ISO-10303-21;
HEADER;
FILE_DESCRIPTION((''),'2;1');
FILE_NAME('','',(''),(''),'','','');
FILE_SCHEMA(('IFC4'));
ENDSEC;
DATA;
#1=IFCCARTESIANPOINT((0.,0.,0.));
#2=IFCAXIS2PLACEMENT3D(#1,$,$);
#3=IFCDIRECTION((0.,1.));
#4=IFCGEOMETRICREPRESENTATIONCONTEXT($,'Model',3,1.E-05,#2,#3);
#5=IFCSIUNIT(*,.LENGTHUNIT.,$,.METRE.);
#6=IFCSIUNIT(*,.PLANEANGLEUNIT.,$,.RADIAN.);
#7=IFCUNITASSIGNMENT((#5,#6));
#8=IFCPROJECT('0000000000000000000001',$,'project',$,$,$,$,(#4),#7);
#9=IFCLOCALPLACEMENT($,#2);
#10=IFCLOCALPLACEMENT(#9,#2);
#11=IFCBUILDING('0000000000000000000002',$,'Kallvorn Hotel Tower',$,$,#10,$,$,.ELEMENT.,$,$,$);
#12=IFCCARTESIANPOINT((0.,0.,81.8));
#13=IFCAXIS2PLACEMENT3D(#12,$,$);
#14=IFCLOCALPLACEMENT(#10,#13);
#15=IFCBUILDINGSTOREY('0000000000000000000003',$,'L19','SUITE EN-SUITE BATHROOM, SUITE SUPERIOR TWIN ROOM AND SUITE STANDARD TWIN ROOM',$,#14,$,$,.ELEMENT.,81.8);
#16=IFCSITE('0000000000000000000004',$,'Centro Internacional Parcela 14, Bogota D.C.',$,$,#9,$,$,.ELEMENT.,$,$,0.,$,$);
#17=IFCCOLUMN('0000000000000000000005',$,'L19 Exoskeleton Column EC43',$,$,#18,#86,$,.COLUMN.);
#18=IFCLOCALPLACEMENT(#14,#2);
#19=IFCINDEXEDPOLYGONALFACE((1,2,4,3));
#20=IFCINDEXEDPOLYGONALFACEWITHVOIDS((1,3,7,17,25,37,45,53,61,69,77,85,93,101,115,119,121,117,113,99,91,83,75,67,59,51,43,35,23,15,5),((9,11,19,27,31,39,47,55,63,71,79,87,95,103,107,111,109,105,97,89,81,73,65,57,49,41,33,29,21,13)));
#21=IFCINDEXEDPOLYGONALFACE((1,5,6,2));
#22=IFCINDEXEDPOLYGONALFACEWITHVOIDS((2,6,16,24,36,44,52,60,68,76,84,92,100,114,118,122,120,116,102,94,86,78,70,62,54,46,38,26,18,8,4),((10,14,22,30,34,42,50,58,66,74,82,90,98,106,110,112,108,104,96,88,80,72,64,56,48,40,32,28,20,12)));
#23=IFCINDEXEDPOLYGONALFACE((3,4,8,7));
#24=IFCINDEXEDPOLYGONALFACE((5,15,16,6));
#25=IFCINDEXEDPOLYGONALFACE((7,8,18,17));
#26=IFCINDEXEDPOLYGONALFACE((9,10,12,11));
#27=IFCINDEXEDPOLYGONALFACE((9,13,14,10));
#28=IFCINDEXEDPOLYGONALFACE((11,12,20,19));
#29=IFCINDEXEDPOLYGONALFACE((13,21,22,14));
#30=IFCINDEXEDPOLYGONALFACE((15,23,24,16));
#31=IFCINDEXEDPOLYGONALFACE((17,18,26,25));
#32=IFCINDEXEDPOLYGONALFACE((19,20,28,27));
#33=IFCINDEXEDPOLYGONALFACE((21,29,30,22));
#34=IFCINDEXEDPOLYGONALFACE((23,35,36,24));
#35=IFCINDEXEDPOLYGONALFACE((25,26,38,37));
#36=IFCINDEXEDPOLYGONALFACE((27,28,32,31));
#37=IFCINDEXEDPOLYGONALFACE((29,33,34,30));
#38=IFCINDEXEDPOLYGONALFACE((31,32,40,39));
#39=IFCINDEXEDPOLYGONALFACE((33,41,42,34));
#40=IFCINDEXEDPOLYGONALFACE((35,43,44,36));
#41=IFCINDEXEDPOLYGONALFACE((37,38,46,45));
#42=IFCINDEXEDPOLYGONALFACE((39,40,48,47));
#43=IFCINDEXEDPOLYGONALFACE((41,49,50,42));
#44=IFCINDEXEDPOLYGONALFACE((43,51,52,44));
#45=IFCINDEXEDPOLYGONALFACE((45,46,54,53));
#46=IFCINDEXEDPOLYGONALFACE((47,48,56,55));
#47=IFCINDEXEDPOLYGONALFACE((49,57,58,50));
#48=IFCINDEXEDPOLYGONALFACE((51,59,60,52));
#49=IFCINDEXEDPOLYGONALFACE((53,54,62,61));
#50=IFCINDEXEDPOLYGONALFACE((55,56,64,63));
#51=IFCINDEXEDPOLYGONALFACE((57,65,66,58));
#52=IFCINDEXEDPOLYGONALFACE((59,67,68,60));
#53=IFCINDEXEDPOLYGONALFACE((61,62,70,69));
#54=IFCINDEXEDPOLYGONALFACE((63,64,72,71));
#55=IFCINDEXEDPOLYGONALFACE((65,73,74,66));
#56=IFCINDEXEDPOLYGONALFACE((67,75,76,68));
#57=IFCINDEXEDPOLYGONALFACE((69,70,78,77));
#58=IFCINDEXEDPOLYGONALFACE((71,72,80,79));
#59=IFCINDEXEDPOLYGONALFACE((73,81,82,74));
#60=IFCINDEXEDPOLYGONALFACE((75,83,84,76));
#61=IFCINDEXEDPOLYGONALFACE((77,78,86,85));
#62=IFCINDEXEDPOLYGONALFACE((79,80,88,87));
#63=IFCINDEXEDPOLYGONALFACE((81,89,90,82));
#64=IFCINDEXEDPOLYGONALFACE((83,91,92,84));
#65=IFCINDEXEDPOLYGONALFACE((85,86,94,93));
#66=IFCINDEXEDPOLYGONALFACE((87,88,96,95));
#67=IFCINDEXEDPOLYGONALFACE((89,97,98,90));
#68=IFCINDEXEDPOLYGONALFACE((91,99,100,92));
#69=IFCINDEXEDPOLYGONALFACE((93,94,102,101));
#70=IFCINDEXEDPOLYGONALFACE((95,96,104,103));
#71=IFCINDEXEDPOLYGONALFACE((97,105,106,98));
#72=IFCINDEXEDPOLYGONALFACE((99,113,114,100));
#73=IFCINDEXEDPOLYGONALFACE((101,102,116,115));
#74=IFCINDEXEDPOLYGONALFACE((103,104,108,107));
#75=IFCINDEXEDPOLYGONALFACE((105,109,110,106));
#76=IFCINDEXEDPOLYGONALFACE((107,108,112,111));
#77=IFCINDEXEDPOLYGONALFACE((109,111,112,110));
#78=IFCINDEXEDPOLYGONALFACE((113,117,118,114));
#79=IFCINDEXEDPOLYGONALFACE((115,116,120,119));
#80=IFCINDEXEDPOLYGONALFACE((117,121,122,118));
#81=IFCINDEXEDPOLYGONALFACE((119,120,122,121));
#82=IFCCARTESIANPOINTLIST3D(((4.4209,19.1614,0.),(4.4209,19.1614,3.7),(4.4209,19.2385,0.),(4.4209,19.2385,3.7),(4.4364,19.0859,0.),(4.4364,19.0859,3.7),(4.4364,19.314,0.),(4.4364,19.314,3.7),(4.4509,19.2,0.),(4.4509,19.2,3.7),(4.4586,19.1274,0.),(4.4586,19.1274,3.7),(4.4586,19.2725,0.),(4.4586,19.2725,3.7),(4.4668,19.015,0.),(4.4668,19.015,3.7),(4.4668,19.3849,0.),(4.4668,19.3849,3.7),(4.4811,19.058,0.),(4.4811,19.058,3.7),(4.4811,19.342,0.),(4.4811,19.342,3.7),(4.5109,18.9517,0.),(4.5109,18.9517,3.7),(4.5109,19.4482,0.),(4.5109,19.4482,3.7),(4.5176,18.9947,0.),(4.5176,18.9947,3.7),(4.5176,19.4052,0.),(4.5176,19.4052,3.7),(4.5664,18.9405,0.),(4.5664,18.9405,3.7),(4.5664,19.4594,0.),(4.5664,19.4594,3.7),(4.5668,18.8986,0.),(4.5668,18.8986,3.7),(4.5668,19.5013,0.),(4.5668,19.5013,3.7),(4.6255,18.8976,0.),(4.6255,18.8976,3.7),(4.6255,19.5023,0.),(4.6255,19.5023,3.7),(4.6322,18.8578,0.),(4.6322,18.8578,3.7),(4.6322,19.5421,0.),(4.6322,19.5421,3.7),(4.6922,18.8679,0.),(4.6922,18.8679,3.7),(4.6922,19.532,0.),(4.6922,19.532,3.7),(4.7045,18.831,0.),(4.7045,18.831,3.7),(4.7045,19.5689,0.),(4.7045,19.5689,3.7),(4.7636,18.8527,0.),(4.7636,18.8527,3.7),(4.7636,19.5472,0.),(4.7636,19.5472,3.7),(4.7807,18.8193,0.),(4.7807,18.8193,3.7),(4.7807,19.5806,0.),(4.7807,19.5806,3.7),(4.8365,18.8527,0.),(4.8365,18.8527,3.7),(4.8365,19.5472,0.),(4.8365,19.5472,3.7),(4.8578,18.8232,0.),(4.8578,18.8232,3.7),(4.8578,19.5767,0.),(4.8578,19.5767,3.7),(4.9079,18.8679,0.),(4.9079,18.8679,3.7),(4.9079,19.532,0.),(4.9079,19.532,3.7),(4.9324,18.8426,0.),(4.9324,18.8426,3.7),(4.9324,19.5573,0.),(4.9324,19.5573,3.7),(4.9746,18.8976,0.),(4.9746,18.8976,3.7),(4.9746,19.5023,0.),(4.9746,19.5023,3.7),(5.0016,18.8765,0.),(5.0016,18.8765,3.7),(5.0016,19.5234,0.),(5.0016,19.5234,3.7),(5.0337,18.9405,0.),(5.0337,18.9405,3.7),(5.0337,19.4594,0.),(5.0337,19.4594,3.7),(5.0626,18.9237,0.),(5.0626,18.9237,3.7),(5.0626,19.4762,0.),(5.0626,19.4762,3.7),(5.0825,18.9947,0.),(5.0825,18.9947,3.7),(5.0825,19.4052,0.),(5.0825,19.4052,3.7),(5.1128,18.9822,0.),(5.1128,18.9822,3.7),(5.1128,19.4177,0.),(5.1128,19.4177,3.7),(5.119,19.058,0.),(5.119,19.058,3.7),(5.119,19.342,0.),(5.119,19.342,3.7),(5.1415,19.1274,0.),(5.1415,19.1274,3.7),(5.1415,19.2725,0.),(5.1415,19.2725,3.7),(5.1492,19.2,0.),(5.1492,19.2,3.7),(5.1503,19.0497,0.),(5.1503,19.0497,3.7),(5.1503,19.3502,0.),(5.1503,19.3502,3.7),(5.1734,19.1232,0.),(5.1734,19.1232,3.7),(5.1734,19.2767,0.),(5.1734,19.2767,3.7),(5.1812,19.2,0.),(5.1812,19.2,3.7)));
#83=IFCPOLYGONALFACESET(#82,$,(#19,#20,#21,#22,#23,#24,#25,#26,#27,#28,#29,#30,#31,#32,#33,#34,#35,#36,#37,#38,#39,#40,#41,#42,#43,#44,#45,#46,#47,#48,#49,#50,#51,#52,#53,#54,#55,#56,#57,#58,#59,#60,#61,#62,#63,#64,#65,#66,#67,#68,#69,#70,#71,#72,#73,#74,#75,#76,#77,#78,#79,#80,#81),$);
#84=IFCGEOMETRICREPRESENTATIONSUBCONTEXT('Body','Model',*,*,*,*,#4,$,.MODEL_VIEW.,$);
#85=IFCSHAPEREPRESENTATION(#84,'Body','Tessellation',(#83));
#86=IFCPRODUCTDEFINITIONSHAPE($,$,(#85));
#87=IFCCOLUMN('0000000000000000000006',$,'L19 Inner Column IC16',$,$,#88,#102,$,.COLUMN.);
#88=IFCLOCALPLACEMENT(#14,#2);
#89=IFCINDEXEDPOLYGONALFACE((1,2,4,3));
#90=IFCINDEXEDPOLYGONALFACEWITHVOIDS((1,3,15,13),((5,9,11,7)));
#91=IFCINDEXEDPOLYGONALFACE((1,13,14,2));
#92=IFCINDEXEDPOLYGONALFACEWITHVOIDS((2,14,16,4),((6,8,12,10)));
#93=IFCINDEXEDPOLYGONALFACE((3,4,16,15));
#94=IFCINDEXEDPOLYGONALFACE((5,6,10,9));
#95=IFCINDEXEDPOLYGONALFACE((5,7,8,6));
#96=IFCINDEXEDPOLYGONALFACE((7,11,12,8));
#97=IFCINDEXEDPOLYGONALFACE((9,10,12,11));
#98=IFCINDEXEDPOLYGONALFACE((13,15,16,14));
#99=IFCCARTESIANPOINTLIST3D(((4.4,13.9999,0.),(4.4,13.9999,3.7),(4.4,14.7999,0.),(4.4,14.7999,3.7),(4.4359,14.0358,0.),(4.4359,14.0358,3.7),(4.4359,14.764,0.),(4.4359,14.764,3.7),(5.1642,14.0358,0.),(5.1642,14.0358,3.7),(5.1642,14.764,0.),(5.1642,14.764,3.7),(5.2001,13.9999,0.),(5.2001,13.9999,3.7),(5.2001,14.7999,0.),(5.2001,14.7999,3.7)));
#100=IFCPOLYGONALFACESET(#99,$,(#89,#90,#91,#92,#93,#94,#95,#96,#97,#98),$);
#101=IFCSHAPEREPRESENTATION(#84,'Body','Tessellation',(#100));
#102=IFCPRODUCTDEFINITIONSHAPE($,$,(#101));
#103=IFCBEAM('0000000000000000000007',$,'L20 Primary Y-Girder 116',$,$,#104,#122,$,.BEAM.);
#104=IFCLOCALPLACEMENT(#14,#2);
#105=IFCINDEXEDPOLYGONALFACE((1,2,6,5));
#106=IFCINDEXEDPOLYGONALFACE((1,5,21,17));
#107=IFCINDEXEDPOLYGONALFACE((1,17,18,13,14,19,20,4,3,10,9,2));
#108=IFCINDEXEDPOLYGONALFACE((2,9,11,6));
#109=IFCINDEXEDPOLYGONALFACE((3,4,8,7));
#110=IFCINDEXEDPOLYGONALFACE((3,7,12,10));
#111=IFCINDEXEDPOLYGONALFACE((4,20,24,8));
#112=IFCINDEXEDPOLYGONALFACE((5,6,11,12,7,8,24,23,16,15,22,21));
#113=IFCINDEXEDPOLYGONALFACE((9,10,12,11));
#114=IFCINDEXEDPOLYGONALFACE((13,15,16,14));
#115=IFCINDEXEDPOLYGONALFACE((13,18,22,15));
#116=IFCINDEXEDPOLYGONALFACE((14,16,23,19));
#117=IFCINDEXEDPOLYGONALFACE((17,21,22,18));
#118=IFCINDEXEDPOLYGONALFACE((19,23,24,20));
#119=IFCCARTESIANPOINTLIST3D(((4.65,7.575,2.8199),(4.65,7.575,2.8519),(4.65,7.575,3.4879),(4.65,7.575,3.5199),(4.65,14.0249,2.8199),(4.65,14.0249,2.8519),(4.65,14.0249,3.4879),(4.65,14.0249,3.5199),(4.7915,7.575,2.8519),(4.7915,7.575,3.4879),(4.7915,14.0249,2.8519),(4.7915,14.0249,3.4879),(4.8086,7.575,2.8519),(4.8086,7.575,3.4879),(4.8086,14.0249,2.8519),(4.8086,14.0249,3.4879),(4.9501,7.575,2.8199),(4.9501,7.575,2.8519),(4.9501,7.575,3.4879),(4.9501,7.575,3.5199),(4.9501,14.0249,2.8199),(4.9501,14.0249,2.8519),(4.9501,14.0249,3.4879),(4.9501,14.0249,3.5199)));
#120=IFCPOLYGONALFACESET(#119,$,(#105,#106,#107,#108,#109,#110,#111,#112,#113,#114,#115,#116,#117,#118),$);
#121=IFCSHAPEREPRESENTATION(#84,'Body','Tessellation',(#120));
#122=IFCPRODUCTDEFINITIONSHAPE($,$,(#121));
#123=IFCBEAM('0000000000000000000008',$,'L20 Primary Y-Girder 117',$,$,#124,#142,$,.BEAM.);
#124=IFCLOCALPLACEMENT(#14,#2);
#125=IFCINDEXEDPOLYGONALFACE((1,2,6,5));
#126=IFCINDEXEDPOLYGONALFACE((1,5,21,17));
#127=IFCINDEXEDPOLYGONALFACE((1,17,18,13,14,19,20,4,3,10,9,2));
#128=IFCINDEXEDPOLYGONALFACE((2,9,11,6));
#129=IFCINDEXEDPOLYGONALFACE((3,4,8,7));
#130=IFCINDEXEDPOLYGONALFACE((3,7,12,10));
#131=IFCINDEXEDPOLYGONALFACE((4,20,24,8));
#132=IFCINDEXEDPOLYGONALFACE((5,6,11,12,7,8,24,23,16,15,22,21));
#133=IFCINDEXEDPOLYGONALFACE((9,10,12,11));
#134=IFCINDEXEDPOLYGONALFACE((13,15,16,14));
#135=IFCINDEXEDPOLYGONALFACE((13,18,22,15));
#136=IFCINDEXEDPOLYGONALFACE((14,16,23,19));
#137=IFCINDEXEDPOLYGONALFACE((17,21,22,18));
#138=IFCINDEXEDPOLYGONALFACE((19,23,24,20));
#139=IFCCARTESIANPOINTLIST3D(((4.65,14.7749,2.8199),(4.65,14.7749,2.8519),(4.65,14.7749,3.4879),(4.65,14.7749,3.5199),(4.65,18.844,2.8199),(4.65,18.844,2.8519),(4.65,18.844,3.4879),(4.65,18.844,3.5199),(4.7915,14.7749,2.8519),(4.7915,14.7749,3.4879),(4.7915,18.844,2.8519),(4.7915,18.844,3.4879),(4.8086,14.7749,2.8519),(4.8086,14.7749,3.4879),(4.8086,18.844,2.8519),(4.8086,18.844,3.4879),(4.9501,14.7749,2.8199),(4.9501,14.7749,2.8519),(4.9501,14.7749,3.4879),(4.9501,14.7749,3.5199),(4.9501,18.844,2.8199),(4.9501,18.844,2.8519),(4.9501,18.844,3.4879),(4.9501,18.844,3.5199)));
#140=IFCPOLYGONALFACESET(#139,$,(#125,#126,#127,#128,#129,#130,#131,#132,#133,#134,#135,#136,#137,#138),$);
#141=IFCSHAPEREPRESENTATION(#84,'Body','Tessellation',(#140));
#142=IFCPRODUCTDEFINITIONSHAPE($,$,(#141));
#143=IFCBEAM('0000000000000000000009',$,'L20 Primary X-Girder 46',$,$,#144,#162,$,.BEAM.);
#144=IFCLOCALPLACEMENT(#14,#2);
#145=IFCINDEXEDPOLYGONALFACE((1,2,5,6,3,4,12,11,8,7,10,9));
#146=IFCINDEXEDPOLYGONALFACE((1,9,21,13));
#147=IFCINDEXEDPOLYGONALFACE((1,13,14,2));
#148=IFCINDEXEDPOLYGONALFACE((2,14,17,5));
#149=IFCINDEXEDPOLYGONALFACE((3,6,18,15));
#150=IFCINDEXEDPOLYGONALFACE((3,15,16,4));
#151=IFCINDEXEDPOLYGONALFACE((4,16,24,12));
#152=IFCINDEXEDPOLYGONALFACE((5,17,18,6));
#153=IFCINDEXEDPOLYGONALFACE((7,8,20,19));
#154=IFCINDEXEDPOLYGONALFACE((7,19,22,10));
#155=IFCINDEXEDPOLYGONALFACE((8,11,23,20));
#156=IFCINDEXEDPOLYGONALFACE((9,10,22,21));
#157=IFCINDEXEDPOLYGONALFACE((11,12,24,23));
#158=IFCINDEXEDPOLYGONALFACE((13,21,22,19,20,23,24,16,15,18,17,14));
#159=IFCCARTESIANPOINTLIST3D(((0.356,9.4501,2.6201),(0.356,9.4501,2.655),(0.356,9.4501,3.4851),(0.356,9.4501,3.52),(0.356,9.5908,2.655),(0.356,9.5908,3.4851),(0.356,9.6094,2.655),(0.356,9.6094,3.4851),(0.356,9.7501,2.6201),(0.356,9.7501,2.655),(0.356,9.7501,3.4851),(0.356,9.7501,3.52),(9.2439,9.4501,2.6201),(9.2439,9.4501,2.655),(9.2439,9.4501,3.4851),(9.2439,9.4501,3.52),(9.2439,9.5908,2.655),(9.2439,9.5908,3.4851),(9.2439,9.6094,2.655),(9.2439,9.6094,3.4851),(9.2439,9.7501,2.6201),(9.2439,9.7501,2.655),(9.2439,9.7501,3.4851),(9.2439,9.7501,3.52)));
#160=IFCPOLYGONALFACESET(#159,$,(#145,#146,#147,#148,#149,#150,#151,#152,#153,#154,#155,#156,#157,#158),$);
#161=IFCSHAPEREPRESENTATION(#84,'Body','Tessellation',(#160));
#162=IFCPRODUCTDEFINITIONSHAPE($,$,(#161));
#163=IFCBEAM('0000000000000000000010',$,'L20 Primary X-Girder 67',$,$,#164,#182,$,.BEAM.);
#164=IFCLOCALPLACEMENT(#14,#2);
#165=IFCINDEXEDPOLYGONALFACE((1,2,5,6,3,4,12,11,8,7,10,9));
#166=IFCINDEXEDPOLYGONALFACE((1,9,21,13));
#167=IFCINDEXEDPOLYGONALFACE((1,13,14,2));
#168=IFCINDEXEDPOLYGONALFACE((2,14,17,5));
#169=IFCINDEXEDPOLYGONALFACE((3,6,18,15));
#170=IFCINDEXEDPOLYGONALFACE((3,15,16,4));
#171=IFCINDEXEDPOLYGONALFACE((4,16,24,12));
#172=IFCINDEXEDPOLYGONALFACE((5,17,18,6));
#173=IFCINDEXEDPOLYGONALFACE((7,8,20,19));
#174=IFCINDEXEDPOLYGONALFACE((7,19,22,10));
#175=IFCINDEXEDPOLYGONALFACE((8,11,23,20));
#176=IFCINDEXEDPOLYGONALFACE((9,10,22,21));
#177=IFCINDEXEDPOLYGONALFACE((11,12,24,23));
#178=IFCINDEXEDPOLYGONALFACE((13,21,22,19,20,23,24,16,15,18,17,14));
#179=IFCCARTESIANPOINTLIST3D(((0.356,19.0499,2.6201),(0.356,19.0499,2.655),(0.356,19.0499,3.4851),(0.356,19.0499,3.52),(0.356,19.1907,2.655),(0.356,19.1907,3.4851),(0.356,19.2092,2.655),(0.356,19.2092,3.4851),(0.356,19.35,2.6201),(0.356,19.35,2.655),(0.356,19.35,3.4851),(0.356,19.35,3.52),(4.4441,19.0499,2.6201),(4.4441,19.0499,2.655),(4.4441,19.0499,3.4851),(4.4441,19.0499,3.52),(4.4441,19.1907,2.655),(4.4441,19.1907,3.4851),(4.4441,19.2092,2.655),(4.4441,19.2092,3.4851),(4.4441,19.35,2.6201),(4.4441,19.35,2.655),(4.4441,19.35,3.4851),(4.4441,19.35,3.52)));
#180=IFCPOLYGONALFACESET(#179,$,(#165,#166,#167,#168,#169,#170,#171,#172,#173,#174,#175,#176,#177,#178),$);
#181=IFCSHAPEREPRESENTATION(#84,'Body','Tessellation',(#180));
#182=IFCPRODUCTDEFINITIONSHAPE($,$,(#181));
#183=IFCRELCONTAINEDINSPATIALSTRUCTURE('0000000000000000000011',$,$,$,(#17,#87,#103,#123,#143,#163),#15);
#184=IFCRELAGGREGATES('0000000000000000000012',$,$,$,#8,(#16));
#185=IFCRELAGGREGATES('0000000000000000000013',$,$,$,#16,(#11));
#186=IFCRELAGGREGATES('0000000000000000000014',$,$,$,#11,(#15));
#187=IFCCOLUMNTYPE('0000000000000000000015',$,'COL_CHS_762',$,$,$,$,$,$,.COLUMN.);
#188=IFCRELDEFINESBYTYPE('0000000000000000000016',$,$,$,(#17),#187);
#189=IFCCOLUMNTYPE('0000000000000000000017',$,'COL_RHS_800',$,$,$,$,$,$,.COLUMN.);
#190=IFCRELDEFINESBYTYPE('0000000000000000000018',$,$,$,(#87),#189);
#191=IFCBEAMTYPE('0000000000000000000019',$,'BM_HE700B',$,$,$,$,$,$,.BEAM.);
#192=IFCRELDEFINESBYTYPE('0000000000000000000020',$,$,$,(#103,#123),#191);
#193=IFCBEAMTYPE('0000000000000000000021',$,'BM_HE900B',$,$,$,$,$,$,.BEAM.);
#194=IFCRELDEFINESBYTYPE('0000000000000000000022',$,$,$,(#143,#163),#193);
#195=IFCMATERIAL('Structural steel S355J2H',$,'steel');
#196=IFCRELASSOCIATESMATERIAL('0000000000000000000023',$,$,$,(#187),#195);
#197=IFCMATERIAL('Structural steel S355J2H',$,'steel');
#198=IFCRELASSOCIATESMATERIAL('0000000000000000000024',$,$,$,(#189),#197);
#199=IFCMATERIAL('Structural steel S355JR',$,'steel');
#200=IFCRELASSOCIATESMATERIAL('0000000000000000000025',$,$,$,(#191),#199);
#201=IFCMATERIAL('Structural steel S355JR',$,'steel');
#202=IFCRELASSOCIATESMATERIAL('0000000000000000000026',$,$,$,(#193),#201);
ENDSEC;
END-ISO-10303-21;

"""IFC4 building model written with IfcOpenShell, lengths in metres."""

from ifc_helpers import new_model, si_unit, direction, frame, origin, origin_2d, place, context, subcontext, project, spatial, hollow_rectangle, hollow_circle, i_section, extrude, material, material_profile, profile_set, type_object, element, save


model = new_model("IFC4")

# Units and contexts
model_context = context("Model", 3, precision=1e-05, world=origin(), true_north=direction((0.0, 1.0)))
body_context = subcontext(model_context, "Body", "Model", "MODEL_VIEW")
ifc_project = project(units=[si_unit("LENGTHUNIT", "METRE"), si_unit("PLANEANGLEUNIT", "RADIAN")], contexts=[model_context])

# Site, building, storey
site_placement = place(None, origin())
site = spatial("IfcSite", under=ifc_project, at=site_placement, Name="Centro Internacional Parcela 14, Bogota D.C.", CompositionType="ELEMENT", RefElevation=0.0)
building_placement = place(site_placement, origin())
building = spatial("IfcBuilding", under=site, at=building_placement, Name="Kallvorn Hotel Tower", CompositionType="ELEMENT")
storey_placement = place(building_placement, frame((0.0, 0.0, 81.8)))
storey = spatial("IfcBuildingStorey", under=building, at=storey_placement, Name="L19", Description="SUITE EN-SUITE BATHROOM, SUITE SUPERIOR TWIN ROOM AND SUITE STANDARD TWIN ROOM", CompositionType="ELEMENT", Elevation=81.8)

# Columns
ifc_material_1 = material(Name="Structural steel S355J2H", Category="steel")
ifc_material_profile_1 = material_profile(ifc_material_1, hollow_circle(Radius=0.3811, WallThickness=0.032, at=origin_2d()), Name="CHS 762x32")
ifc_profile_set_1 = profile_set([ifc_material_profile_1], Name="Structural steel S355J2H")
column_type_1 = type_object("IfcColumnType", Name="COL_CHS_762", PredefinedType="COLUMN", material=ifc_profile_set_1)
column_1_placement = place(storey_placement, frame((4.8, 19.2, 0.0), z_axis=(0.0, 0.0, 1.0), x_axis=(1.0, 0.0, 0.0)))
element("IfcColumn", 1, at=column_1_placement, inside=storey, type_object=column_type_1, Name="L19 Exoskeleton Column EC43", PredefinedType="COLUMN", context=body_context, shape_type="SweptSolid", body=[
    extrude(hollow_circle(Radius=0.3811, WallThickness=0.032, at=origin_2d()), origin(), (0.0, 0.0, 1.0), 3.7),
])
ifc_material_2 = material(Name="Structural steel S355J2H", Category="steel")
ifc_material_profile_2 = material_profile(ifc_material_2, hollow_rectangle(XDim=0.8, YDim=0.8, WallThickness=0.0359, at=origin_2d()), Name="RHS 800x800x36")
ifc_profile_set_2 = profile_set([ifc_material_profile_2], Name="Structural steel S355J2H")
column_type_2 = type_object("IfcColumnType", Name="COL_RHS_800", PredefinedType="COLUMN", material=ifc_profile_set_2)
column_2_placement = place(storey_placement, frame((4.8, 14.3999, 0.0), z_axis=(0.0, 0.0, 1.0), x_axis=(1.0, 0.0, 0.0)))
element("IfcColumn", 2, at=column_2_placement, inside=storey, type_object=column_type_2, Name="L19 Inner Column IC16", PredefinedType="COLUMN", context=body_context, shape_type="SweptSolid", body=[
    extrude(hollow_rectangle(XDim=0.8, YDim=0.8, WallThickness=0.0359, at=origin_2d()), origin(), (0.0, 0.0, 1.0), 3.7),
])

# Beams
ifc_material_3 = material(Name="Structural steel S355JR", Category="steel")
ifc_material_profile_3 = material_profile(ifc_material_3, i_section(OverallWidth=0.3, OverallDepth=0.7, WebThickness=0.0171, FlangeThickness=0.032, at=origin_2d()), Name="HE 700 B")
ifc_profile_set_3 = profile_set([ifc_material_profile_3], Name="Structural steel S355JR")
beam_type_1 = type_object("IfcBeamType", Name="BM_HE700B", PredefinedType="BEAM", material=ifc_profile_set_3)
beam_1_placement = place(storey_placement, frame((4.8, 7.575, 3.1699), z_axis=(0.0, 1.0, 0.0), x_axis=(-1.0, 0.0, 0.0)))
element("IfcBeam", 3, at=beam_1_placement, inside=storey, type_object=beam_type_1, Name="L20 Primary Y-Girder 116", PredefinedType="BEAM", context=body_context, shape_type="SweptSolid", body=[
    extrude(i_section(OverallWidth=0.3, OverallDepth=0.7, WebThickness=0.0171, FlangeThickness=0.032, at=origin_2d()), origin(), (0.0, 0.0, 1.0), 6.45),
])
beam_2_placement = place(storey_placement, frame((4.8, 14.7749, 3.1699), z_axis=(0.0, 1.0, 0.0), x_axis=(-1.0, 0.0, 0.0)))
element("IfcBeam", 4, at=beam_2_placement, inside=storey, type_object=beam_type_1, Name="L20 Primary Y-Girder 117", PredefinedType="BEAM", context=body_context, shape_type="SweptSolid", body=[
    extrude(i_section(OverallWidth=0.3, OverallDepth=0.7, WebThickness=0.0171, FlangeThickness=0.032, at=origin_2d()), origin(), (0.0, 0.0, 1.0), 4.0691),
])
ifc_material_4 = material(Name="Structural steel S355JR", Category="steel")
ifc_material_profile_4 = material_profile(ifc_material_4, i_section(OverallWidth=0.3, OverallDepth=0.8999, WebThickness=0.0186, FlangeThickness=0.0349, at=origin_2d()), Name="HE 900 B")
ifc_profile_set_4 = profile_set([ifc_material_profile_4], Name="Structural steel S355JR")
beam_type_2 = type_object("IfcBeamType", Name="BM_HE900B", PredefinedType="BEAM", material=ifc_profile_set_4)
beam_3_placement = place(storey_placement, frame((0.356, 9.6001, 3.0701), z_axis=(1.0, 0.0, 0.0), x_axis=(0.0, 1.0, 0.0)))
element("IfcBeam", 5, at=beam_3_placement, inside=storey, type_object=beam_type_2, Name="L20 Primary X-Girder 46", PredefinedType="BEAM", context=body_context, shape_type="SweptSolid", body=[
    extrude(i_section(OverallWidth=0.3, OverallDepth=0.8999, WebThickness=0.0186, FlangeThickness=0.0349, at=origin_2d()), origin(), (0.0, 0.0, 1.0), 8.8879),
])
beam_4_placement = place(storey_placement, frame((0.356, 19.2, 3.0701), z_axis=(1.0, 0.0, 0.0), x_axis=(0.0, 1.0, 0.0)))
element("IfcBeam", 6, at=beam_4_placement, inside=storey, type_object=beam_type_2, Name="L20 Primary X-Girder 67", PredefinedType="BEAM", context=body_context, shape_type="SweptSolid", body=[
    extrude(i_section(OverallWidth=0.3, OverallDepth=0.8999, WebThickness=0.0186, FlangeThickness=0.0349, at=origin_2d()), origin(), (0.0, 0.0, 1.0), 4.0881),
])

save(model, "model.ifc")
